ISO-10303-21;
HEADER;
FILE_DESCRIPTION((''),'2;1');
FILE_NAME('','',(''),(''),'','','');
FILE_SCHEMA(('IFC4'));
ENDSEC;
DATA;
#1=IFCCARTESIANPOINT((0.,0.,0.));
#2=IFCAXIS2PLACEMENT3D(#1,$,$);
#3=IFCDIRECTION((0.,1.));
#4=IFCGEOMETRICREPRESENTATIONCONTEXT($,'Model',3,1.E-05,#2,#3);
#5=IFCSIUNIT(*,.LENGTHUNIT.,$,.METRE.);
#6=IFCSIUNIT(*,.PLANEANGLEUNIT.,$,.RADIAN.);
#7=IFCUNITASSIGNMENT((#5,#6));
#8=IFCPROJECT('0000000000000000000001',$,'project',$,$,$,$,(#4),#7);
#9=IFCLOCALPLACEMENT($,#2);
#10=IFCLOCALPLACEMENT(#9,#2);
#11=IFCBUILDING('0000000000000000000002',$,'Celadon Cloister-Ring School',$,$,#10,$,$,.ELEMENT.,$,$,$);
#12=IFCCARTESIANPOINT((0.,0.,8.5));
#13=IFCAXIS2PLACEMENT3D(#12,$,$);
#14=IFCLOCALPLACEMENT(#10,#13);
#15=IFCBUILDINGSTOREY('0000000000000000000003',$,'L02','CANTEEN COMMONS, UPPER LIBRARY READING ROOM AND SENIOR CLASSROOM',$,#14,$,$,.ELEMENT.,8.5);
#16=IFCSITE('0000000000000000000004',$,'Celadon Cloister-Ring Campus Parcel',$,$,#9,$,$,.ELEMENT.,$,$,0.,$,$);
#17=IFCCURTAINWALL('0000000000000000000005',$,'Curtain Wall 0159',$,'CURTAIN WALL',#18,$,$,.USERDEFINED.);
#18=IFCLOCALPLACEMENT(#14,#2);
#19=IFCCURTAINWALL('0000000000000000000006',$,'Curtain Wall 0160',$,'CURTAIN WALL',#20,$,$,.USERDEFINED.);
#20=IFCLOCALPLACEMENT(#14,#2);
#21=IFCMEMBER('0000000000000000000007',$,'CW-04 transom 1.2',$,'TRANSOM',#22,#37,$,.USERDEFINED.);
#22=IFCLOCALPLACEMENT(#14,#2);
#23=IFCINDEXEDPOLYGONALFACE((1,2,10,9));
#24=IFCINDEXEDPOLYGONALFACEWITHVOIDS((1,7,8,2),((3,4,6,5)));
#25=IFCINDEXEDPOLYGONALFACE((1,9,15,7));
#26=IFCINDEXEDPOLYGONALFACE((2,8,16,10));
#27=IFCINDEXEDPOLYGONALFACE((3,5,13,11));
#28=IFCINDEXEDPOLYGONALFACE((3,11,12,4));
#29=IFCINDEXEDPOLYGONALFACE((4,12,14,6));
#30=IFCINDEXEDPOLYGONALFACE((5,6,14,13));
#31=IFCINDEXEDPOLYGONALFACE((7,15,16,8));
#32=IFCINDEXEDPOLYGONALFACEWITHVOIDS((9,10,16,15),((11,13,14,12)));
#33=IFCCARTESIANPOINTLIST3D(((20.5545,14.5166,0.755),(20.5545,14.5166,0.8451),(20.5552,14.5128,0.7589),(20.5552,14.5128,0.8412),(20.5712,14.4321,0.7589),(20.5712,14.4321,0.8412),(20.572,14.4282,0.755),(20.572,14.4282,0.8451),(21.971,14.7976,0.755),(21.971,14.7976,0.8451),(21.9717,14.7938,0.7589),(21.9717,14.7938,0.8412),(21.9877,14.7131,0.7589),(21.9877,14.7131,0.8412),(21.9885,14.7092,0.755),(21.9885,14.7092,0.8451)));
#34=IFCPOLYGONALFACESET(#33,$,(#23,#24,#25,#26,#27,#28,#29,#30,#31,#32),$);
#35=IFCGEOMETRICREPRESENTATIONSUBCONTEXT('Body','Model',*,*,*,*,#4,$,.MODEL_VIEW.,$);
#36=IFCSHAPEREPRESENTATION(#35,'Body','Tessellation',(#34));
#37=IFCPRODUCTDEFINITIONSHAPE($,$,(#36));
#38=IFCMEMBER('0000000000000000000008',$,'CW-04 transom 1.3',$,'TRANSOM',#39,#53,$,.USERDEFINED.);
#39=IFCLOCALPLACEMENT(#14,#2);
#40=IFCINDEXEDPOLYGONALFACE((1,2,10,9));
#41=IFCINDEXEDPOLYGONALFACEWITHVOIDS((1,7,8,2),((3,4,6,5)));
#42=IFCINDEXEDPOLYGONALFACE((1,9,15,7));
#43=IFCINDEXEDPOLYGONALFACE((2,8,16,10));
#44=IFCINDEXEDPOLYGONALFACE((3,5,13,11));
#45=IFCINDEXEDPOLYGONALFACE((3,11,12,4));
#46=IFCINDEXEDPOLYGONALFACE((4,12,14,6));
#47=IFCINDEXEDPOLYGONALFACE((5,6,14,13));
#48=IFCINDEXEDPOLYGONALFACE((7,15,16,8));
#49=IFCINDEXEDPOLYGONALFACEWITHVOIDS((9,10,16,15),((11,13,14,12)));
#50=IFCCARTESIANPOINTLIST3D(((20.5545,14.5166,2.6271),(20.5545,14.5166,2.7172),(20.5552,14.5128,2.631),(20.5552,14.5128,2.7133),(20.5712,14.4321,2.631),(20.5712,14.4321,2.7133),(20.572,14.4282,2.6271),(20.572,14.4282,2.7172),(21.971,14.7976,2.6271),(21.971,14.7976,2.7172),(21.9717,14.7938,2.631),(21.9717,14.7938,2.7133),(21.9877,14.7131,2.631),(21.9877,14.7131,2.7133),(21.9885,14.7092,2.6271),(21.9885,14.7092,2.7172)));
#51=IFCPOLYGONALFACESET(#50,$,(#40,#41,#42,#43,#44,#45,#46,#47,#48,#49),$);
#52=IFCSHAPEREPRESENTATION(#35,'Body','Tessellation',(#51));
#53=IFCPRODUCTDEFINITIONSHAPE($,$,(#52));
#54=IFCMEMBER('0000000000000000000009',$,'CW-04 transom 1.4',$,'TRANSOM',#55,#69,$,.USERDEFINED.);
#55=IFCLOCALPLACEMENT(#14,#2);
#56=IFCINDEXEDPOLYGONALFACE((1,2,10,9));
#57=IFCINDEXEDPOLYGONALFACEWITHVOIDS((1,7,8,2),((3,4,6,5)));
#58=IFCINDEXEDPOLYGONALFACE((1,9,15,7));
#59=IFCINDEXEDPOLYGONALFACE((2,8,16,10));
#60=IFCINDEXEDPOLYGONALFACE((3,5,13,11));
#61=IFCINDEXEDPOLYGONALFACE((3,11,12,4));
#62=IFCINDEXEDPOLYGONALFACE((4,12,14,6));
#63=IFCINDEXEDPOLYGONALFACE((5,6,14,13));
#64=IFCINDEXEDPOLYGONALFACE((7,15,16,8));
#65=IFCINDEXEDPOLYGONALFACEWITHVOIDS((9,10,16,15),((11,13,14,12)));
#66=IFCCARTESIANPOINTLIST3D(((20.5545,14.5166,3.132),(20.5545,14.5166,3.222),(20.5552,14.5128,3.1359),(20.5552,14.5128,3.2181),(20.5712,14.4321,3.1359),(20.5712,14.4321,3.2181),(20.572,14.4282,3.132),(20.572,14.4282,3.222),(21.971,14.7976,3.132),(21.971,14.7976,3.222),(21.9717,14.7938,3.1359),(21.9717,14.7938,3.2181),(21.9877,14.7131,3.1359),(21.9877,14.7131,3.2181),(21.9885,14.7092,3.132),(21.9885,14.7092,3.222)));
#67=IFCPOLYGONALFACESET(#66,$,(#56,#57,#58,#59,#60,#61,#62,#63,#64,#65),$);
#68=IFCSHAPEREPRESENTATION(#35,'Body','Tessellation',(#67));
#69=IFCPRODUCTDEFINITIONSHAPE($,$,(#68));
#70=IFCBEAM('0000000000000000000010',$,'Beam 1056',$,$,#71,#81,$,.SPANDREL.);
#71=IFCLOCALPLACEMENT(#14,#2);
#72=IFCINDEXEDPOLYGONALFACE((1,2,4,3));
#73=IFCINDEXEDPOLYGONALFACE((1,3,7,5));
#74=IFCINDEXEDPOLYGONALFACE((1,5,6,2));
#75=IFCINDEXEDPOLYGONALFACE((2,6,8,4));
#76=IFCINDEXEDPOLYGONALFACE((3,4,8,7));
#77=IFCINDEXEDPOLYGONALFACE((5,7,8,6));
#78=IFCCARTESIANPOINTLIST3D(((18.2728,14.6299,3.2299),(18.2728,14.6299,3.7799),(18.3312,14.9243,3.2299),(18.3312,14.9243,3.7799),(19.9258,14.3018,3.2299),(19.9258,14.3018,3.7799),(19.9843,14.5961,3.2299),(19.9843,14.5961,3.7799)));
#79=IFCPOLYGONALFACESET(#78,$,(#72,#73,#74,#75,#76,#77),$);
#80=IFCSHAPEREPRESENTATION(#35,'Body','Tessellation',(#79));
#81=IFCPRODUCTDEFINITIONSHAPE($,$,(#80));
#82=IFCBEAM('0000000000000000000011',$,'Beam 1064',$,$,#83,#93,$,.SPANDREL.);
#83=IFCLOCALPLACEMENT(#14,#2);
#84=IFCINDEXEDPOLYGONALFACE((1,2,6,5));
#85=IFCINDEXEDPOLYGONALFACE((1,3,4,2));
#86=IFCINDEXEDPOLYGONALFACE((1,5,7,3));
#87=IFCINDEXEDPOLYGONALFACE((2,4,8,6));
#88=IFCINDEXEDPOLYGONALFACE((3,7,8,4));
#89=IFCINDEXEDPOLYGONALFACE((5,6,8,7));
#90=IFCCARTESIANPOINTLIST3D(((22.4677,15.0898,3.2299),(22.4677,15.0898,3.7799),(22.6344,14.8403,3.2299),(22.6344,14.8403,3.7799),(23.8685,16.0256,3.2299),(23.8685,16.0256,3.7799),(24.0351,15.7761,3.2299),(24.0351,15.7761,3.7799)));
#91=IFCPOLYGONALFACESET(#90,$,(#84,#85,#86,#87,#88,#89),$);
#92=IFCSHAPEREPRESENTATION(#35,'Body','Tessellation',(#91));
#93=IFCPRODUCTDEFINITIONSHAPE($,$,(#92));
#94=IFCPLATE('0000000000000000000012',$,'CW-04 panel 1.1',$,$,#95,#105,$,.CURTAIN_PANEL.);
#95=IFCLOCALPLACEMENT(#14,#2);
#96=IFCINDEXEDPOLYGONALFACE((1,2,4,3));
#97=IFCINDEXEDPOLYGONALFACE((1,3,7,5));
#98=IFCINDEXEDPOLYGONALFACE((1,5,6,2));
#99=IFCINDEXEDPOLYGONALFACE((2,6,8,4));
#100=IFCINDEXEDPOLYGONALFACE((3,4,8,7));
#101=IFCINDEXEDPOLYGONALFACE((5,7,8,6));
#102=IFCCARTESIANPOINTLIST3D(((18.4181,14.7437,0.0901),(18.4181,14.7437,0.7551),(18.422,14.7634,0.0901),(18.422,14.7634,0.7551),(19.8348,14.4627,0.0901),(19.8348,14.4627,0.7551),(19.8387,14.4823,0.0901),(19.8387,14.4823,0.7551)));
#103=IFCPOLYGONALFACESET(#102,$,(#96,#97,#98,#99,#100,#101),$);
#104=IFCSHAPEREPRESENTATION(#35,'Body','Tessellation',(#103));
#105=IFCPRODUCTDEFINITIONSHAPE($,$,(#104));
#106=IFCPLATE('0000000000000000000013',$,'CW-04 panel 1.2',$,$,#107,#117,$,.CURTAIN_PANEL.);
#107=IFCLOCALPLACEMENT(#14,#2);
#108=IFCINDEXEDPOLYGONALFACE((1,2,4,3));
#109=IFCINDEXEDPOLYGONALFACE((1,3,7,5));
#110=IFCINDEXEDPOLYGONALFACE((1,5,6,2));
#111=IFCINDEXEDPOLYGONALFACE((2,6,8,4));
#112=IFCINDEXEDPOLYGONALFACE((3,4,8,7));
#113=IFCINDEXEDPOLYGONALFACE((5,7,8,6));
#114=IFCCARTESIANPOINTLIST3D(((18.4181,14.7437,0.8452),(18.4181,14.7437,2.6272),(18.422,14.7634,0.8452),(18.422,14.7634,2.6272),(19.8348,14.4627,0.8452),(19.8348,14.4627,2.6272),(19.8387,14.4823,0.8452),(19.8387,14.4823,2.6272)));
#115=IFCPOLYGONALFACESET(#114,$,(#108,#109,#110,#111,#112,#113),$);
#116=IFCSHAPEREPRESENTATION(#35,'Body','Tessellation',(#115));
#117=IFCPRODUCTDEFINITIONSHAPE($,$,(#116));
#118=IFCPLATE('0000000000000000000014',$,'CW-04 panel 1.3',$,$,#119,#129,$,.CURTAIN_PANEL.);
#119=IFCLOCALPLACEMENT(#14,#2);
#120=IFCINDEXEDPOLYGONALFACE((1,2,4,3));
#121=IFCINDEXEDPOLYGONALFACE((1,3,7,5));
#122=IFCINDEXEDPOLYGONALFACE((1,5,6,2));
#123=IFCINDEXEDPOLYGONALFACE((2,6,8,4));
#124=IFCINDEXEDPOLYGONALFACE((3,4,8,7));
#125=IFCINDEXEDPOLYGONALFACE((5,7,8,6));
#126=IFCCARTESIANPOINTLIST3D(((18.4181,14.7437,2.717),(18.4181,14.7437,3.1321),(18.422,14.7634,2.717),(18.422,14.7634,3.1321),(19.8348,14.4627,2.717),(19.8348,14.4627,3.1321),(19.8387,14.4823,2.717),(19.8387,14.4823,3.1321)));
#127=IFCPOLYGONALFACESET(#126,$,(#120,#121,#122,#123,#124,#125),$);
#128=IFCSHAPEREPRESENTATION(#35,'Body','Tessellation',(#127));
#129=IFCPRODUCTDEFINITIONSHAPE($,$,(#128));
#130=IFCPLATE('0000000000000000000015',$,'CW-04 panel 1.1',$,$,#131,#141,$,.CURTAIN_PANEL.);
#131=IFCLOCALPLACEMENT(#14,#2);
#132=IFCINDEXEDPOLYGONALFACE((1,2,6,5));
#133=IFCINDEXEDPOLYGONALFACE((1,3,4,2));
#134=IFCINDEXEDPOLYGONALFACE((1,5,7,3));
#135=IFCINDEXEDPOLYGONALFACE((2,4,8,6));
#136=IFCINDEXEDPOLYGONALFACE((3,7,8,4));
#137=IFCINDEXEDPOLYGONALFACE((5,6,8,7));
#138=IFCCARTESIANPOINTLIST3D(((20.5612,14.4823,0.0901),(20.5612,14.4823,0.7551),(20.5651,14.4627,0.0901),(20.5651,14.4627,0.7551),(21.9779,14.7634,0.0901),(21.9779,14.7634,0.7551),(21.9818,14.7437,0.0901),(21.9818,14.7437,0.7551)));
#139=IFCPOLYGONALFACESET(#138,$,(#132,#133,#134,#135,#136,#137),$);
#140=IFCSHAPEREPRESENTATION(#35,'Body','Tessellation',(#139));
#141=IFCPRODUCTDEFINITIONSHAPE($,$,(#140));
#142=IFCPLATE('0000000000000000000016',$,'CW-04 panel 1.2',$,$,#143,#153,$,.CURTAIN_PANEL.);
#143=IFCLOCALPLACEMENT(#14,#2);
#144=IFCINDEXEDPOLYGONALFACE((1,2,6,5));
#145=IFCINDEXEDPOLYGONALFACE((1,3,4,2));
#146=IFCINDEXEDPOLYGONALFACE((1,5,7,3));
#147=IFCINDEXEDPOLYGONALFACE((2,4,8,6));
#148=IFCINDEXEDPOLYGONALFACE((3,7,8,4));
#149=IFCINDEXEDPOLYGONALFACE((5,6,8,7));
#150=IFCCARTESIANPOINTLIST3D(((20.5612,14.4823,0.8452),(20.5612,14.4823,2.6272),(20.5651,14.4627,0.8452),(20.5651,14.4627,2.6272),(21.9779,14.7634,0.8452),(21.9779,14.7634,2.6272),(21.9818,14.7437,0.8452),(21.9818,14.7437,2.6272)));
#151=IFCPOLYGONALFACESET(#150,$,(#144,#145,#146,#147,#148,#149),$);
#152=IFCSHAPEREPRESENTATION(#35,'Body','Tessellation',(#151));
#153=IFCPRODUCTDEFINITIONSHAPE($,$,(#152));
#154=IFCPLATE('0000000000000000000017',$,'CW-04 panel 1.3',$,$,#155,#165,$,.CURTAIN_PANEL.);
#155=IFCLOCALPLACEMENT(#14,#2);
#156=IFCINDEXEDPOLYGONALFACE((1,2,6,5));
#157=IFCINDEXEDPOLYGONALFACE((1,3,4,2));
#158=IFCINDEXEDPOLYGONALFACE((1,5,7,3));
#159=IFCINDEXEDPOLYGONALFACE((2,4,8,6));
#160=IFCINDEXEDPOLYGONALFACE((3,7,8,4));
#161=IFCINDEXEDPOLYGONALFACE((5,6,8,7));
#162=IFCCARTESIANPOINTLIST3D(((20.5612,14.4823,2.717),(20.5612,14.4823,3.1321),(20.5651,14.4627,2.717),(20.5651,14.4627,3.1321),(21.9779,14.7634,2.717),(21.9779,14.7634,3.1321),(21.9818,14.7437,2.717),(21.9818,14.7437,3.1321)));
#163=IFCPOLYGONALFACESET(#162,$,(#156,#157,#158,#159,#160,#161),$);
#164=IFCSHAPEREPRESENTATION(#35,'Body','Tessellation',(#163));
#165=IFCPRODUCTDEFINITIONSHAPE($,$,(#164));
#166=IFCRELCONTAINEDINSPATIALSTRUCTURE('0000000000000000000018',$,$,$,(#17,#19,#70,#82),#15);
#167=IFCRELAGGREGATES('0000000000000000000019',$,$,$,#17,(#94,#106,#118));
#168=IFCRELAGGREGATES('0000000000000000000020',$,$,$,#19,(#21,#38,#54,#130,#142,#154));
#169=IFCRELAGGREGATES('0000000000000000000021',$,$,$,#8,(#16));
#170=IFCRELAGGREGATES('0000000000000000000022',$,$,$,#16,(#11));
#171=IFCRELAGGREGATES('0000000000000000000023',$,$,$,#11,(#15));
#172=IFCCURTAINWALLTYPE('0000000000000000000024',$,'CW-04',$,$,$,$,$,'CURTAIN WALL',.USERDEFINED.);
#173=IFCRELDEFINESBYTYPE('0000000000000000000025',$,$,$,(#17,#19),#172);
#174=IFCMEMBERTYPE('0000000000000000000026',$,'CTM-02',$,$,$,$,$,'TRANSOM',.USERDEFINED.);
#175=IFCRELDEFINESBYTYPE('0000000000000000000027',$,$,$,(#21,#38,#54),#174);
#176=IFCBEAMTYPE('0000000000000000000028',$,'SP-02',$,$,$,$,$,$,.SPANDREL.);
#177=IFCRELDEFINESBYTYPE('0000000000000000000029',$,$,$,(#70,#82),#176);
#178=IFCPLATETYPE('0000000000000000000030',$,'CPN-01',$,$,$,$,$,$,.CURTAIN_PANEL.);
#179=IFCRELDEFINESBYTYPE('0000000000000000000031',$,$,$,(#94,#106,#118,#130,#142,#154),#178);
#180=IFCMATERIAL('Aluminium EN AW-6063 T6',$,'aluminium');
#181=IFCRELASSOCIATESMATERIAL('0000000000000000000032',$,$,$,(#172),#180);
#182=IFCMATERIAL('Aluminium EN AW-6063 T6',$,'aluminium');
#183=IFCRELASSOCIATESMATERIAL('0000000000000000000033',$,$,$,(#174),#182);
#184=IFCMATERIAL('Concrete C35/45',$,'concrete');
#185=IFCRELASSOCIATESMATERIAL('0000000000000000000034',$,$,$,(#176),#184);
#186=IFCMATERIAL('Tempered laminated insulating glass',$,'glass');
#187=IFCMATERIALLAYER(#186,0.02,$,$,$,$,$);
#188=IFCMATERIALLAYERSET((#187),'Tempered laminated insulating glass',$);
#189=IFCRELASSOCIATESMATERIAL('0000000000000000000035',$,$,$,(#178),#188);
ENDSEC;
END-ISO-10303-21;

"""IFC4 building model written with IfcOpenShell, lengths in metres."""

from ifc_helpers import new_model, si_unit, direction, frame, origin, origin_2d, place, context, subcontext, project, spatial, rectangle, hollow_rectangle, extrude, material, layer, layer_set, material_profile, profile_set, type_object, element, aggregate, save


model = new_model("IFC4")

# Units and contexts
model_context = context("Model", 3, precision=1e-05, world=origin(), true_north=direction((0.0, 1.0)))
body_context = subcontext(model_context, "Body", "Model", "MODEL_VIEW")
ifc_project = project(units=[si_unit("LENGTHUNIT", "METRE"), si_unit("PLANEANGLEUNIT", "RADIAN")], contexts=[model_context])

# Site, building, storey
site_placement = place(None, origin())
site = spatial("IfcSite", under=ifc_project, at=site_placement, Name="Celadon Cloister-Ring Campus Parcel", CompositionType="ELEMENT", RefElevation=0.0)
building_placement = place(site_placement, origin())
building = spatial("IfcBuilding", under=site, at=building_placement, Name="Celadon Cloister-Ring School", CompositionType="ELEMENT")
storey_placement = place(building_placement, frame((0.0, 0.0, 8.5)))
storey = spatial("IfcBuildingStorey", under=building, at=storey_placement, Name="L02", Description="CANTEEN COMMONS, UPPER LIBRARY READING ROOM AND SENIOR CLASSROOM", CompositionType="ELEMENT", Elevation=8.5)

# Curtain walls
ifc_material_1 = material(Name="Aluminium EN AW-6063 T6", Category="aluminium")
curtain_wall_type = type_object("IfcCurtainWallType", Name="CW-04", ElementType="CURTAIN WALL", PredefinedType="USERDEFINED", material=ifc_material_1)
curtain_wall_1_placement = place(storey_placement, origin())
curtain_wall_1 = element("IfcCurtainWall", 1, at=curtain_wall_1_placement, inside=storey, type_object=curtain_wall_type, Name="Curtain Wall 0159", ObjectType="CURTAIN WALL", PredefinedType="USERDEFINED")
curtain_wall_2_placement = place(storey_placement, origin())
curtain_wall_2 = element("IfcCurtainWall", 2, at=curtain_wall_2_placement, inside=storey, type_object=curtain_wall_type, Name="Curtain Wall 0160", ObjectType="CURTAIN WALL", PredefinedType="USERDEFINED")

# Members
ifc_material_2 = material(Name="Aluminium EN AW-6063 T6", Category="aluminium")
ifc_material_profile_1 = material_profile(ifc_material_2, hollow_rectangle(XDim=0.0901, YDim=0.0901, WallThickness=0.0039, at=origin_2d()), Name="RHS90X90X4")
ifc_profile_set_1 = profile_set([ifc_material_profile_1], Name="Aluminium EN AW-6063 T6")
member_type_1 = type_object("IfcMemberType", Name="CTM-02", ElementType="TRANSOM", PredefinedType="USERDEFINED", material=ifc_profile_set_1)
member_1_placement = place(storey_placement, frame((20.5632, 14.4724, 0.8), z_axis=(0.980885, 0.194588, 0.0), x_axis=(-0.194588, 0.980885, 0.0)))
member_1 = element("IfcMember", 3, at=member_1_placement, type_object=member_type_1, Name="CW-04 transom 1.2", ObjectType="TRANSOM", PredefinedType="USERDEFINED", context=body_context, shape_type="SweptSolid", body=[
    extrude(hollow_rectangle(XDim=0.0901, YDim=0.0901, WallThickness=0.0039, at=origin_2d()), origin(), (0.0, 0.0, 1.0), 1.4441),
])
member_2_placement = place(storey_placement, frame((20.5632, 14.4724, 2.6721), z_axis=(0.980885, 0.194588, 0.0), x_axis=(-0.194588, 0.980885, 0.0)))
member_2 = element("IfcMember", 4, at=member_2_placement, type_object=member_type_1, Name="CW-04 transom 1.3", ObjectType="TRANSOM", PredefinedType="USERDEFINED", context=body_context, shape_type="SweptSolid", body=[
    extrude(hollow_rectangle(XDim=0.0901, YDim=0.0901, WallThickness=0.0039, at=origin_2d()), origin(), (0.0, 0.0, 1.0), 1.4441),
])
member_3_placement = place(storey_placement, frame((20.5632, 14.4724, 3.177), z_axis=(0.980885, 0.194588, 0.0), x_axis=(-0.194588, 0.980885, 0.0)))
member_3 = element("IfcMember", 5, at=member_3_placement, type_object=member_type_1, Name="CW-04 transom 1.4", ObjectType="TRANSOM", PredefinedType="USERDEFINED", context=body_context, shape_type="SweptSolid", body=[
    extrude(hollow_rectangle(XDim=0.0901, YDim=0.0901, WallThickness=0.0039, at=origin_2d()), origin(), (0.0, 0.0, 1.0), 1.4441),
])

# Beams
ifc_material_3 = material(Name="Concrete C35/45", Category="concrete")
ifc_material_profile_2 = material_profile(ifc_material_3, rectangle(XDim=0.3, YDim=0.55, at=origin_2d()), Name="RC300X550")
ifc_profile_set_2 = profile_set([ifc_material_profile_2], Name="Concrete C35/45")
beam_type = type_object("IfcBeamType", Name="SP-02", PredefinedType="SPANDREL", material=ifc_profile_set_2)
beam_1_placement = place(storey_placement, frame((18.302, 14.7771, 3.5049), z_axis=(0.980864, -0.194695, 0.0), x_axis=(0.194695, 0.980864, 0.0)))
element("IfcBeam", 6, at=beam_1_placement, inside=storey, type_object=beam_type, Name="Beam 1056", PredefinedType="SPANDREL", context=body_context, shape_type="SweptSolid", body=[
    extrude(rectangle(XDim=0.3, YDim=0.55, at=origin_2d()), origin(), (0.0, 0.0, 1.0), 1.6853),
])
beam_2_placement = place(storey_placement, frame((22.551, 14.9651, 3.5049), z_axis=(0.831537, 0.555469, 0.0), x_axis=(-0.555469, 0.831537, 0.0)))
element("IfcBeam", 7, at=beam_2_placement, inside=storey, type_object=beam_type, Name="Beam 1064", PredefinedType="SPANDREL", context=body_context, shape_type="SweptSolid", body=[
    extrude(rectangle(XDim=0.3, YDim=0.55, at=origin_2d()), origin(), (0.0, 0.0, 1.0), 1.6846),
])

# Plates
ifc_material_4 = material(Name="Tempered laminated insulating glass", Category="glass")
ifc_layer = layer(ifc_material_4, 0.02)
ifc_layer_set = layer_set([ifc_layer], Name="Tempered laminated insulating glass")
plate_type = type_object("IfcPlateType", Name="CPN-01", PredefinedType="CURTAIN_PANEL", material=ifc_layer_set)
plate_1_placement = place(storey_placement, frame((19.1284, 14.613, 0.0901), z_axis=(0.0, 0.0, 1.0), x_axis=(0.980885, -0.194586, 0.0)))
plate_1 = element("IfcPlate", 8, at=plate_1_placement, type_object=plate_type, Name="CW-04 panel 1.1", PredefinedType="CURTAIN_PANEL", context=body_context, shape_type="SweptSolid", body=[
    extrude(rectangle(XDim=1.4443, YDim=0.02, at=origin_2d()), origin(), (0.0, 0.0, 1.0), 0.665),
])
plate_2_placement = place(storey_placement, frame((19.1284, 14.613, 0.8452), z_axis=(0.0, 0.0, 1.0), x_axis=(0.980885, -0.194586, 0.0)))
plate_2 = element("IfcPlate", 9, at=plate_2_placement, type_object=plate_type, Name="CW-04 panel 1.2", PredefinedType="CURTAIN_PANEL", context=body_context, shape_type="SweptSolid", body=[
    extrude(rectangle(XDim=1.4443, YDim=0.02, at=origin_2d()), origin(), (0.0, 0.0, 1.0), 1.782),
])
plate_3_placement = place(storey_placement, frame((19.1284, 14.613, 2.717), z_axis=(0.0, 0.0, 1.0), x_axis=(0.980885, -0.194586, 0.0)))
plate_3 = element("IfcPlate", 10, at=plate_3_placement, type_object=plate_type, Name="CW-04 panel 1.3", PredefinedType="CURTAIN_PANEL", context=body_context, shape_type="SweptSolid", body=[
    extrude(rectangle(XDim=1.4443, YDim=0.02, at=origin_2d()), origin(), (0.0, 0.0, 1.0), 0.415),
])
aggregate(curtain_wall_1, [plate_1, plate_2, plate_3])
plate_4_placement = place(storey_placement, frame((21.2715, 14.613, 0.0901), z_axis=(0.0, 0.0, 1.0), x_axis=(0.980885, 0.194586, 0.0)))
plate_4 = element("IfcPlate", 11, at=plate_4_placement, type_object=plate_type, Name="CW-04 panel 1.1", PredefinedType="CURTAIN_PANEL", context=body_context, shape_type="SweptSolid", body=[
    extrude(rectangle(XDim=1.4443, YDim=0.02, at=origin_2d()), origin(), (0.0, 0.0, 1.0), 0.665),
])
plate_5_placement = place(storey_placement, frame((21.2715, 14.613, 0.8452), z_axis=(0.0, 0.0, 1.0), x_axis=(0.980885, 0.194586, 0.0)))
plate_5 = element("IfcPlate", 12, at=plate_5_placement, type_object=plate_type, Name="CW-04 panel 1.2", PredefinedType="CURTAIN_PANEL", context=body_context, shape_type="SweptSolid", body=[
    extrude(rectangle(XDim=1.4443, YDim=0.02, at=origin_2d()), origin(), (0.0, 0.0, 1.0), 1.782),
])
plate_6_placement = place(storey_placement, frame((21.2715, 14.613, 2.717), z_axis=(0.0, 0.0, 1.0), x_axis=(0.980885, 0.194586, 0.0)))
plate_6 = element("IfcPlate", 13, at=plate_6_placement, type_object=plate_type, Name="CW-04 panel 1.3", PredefinedType="CURTAIN_PANEL", context=body_context, shape_type="SweptSolid", body=[
    extrude(rectangle(XDim=1.4443, YDim=0.02, at=origin_2d()), origin(), (0.0, 0.0, 1.0), 0.415),
])
aggregate(curtain_wall_2, [member_1, member_2, member_3, plate_4, plate_5, plate_6])

save(model, "model.ifc")
